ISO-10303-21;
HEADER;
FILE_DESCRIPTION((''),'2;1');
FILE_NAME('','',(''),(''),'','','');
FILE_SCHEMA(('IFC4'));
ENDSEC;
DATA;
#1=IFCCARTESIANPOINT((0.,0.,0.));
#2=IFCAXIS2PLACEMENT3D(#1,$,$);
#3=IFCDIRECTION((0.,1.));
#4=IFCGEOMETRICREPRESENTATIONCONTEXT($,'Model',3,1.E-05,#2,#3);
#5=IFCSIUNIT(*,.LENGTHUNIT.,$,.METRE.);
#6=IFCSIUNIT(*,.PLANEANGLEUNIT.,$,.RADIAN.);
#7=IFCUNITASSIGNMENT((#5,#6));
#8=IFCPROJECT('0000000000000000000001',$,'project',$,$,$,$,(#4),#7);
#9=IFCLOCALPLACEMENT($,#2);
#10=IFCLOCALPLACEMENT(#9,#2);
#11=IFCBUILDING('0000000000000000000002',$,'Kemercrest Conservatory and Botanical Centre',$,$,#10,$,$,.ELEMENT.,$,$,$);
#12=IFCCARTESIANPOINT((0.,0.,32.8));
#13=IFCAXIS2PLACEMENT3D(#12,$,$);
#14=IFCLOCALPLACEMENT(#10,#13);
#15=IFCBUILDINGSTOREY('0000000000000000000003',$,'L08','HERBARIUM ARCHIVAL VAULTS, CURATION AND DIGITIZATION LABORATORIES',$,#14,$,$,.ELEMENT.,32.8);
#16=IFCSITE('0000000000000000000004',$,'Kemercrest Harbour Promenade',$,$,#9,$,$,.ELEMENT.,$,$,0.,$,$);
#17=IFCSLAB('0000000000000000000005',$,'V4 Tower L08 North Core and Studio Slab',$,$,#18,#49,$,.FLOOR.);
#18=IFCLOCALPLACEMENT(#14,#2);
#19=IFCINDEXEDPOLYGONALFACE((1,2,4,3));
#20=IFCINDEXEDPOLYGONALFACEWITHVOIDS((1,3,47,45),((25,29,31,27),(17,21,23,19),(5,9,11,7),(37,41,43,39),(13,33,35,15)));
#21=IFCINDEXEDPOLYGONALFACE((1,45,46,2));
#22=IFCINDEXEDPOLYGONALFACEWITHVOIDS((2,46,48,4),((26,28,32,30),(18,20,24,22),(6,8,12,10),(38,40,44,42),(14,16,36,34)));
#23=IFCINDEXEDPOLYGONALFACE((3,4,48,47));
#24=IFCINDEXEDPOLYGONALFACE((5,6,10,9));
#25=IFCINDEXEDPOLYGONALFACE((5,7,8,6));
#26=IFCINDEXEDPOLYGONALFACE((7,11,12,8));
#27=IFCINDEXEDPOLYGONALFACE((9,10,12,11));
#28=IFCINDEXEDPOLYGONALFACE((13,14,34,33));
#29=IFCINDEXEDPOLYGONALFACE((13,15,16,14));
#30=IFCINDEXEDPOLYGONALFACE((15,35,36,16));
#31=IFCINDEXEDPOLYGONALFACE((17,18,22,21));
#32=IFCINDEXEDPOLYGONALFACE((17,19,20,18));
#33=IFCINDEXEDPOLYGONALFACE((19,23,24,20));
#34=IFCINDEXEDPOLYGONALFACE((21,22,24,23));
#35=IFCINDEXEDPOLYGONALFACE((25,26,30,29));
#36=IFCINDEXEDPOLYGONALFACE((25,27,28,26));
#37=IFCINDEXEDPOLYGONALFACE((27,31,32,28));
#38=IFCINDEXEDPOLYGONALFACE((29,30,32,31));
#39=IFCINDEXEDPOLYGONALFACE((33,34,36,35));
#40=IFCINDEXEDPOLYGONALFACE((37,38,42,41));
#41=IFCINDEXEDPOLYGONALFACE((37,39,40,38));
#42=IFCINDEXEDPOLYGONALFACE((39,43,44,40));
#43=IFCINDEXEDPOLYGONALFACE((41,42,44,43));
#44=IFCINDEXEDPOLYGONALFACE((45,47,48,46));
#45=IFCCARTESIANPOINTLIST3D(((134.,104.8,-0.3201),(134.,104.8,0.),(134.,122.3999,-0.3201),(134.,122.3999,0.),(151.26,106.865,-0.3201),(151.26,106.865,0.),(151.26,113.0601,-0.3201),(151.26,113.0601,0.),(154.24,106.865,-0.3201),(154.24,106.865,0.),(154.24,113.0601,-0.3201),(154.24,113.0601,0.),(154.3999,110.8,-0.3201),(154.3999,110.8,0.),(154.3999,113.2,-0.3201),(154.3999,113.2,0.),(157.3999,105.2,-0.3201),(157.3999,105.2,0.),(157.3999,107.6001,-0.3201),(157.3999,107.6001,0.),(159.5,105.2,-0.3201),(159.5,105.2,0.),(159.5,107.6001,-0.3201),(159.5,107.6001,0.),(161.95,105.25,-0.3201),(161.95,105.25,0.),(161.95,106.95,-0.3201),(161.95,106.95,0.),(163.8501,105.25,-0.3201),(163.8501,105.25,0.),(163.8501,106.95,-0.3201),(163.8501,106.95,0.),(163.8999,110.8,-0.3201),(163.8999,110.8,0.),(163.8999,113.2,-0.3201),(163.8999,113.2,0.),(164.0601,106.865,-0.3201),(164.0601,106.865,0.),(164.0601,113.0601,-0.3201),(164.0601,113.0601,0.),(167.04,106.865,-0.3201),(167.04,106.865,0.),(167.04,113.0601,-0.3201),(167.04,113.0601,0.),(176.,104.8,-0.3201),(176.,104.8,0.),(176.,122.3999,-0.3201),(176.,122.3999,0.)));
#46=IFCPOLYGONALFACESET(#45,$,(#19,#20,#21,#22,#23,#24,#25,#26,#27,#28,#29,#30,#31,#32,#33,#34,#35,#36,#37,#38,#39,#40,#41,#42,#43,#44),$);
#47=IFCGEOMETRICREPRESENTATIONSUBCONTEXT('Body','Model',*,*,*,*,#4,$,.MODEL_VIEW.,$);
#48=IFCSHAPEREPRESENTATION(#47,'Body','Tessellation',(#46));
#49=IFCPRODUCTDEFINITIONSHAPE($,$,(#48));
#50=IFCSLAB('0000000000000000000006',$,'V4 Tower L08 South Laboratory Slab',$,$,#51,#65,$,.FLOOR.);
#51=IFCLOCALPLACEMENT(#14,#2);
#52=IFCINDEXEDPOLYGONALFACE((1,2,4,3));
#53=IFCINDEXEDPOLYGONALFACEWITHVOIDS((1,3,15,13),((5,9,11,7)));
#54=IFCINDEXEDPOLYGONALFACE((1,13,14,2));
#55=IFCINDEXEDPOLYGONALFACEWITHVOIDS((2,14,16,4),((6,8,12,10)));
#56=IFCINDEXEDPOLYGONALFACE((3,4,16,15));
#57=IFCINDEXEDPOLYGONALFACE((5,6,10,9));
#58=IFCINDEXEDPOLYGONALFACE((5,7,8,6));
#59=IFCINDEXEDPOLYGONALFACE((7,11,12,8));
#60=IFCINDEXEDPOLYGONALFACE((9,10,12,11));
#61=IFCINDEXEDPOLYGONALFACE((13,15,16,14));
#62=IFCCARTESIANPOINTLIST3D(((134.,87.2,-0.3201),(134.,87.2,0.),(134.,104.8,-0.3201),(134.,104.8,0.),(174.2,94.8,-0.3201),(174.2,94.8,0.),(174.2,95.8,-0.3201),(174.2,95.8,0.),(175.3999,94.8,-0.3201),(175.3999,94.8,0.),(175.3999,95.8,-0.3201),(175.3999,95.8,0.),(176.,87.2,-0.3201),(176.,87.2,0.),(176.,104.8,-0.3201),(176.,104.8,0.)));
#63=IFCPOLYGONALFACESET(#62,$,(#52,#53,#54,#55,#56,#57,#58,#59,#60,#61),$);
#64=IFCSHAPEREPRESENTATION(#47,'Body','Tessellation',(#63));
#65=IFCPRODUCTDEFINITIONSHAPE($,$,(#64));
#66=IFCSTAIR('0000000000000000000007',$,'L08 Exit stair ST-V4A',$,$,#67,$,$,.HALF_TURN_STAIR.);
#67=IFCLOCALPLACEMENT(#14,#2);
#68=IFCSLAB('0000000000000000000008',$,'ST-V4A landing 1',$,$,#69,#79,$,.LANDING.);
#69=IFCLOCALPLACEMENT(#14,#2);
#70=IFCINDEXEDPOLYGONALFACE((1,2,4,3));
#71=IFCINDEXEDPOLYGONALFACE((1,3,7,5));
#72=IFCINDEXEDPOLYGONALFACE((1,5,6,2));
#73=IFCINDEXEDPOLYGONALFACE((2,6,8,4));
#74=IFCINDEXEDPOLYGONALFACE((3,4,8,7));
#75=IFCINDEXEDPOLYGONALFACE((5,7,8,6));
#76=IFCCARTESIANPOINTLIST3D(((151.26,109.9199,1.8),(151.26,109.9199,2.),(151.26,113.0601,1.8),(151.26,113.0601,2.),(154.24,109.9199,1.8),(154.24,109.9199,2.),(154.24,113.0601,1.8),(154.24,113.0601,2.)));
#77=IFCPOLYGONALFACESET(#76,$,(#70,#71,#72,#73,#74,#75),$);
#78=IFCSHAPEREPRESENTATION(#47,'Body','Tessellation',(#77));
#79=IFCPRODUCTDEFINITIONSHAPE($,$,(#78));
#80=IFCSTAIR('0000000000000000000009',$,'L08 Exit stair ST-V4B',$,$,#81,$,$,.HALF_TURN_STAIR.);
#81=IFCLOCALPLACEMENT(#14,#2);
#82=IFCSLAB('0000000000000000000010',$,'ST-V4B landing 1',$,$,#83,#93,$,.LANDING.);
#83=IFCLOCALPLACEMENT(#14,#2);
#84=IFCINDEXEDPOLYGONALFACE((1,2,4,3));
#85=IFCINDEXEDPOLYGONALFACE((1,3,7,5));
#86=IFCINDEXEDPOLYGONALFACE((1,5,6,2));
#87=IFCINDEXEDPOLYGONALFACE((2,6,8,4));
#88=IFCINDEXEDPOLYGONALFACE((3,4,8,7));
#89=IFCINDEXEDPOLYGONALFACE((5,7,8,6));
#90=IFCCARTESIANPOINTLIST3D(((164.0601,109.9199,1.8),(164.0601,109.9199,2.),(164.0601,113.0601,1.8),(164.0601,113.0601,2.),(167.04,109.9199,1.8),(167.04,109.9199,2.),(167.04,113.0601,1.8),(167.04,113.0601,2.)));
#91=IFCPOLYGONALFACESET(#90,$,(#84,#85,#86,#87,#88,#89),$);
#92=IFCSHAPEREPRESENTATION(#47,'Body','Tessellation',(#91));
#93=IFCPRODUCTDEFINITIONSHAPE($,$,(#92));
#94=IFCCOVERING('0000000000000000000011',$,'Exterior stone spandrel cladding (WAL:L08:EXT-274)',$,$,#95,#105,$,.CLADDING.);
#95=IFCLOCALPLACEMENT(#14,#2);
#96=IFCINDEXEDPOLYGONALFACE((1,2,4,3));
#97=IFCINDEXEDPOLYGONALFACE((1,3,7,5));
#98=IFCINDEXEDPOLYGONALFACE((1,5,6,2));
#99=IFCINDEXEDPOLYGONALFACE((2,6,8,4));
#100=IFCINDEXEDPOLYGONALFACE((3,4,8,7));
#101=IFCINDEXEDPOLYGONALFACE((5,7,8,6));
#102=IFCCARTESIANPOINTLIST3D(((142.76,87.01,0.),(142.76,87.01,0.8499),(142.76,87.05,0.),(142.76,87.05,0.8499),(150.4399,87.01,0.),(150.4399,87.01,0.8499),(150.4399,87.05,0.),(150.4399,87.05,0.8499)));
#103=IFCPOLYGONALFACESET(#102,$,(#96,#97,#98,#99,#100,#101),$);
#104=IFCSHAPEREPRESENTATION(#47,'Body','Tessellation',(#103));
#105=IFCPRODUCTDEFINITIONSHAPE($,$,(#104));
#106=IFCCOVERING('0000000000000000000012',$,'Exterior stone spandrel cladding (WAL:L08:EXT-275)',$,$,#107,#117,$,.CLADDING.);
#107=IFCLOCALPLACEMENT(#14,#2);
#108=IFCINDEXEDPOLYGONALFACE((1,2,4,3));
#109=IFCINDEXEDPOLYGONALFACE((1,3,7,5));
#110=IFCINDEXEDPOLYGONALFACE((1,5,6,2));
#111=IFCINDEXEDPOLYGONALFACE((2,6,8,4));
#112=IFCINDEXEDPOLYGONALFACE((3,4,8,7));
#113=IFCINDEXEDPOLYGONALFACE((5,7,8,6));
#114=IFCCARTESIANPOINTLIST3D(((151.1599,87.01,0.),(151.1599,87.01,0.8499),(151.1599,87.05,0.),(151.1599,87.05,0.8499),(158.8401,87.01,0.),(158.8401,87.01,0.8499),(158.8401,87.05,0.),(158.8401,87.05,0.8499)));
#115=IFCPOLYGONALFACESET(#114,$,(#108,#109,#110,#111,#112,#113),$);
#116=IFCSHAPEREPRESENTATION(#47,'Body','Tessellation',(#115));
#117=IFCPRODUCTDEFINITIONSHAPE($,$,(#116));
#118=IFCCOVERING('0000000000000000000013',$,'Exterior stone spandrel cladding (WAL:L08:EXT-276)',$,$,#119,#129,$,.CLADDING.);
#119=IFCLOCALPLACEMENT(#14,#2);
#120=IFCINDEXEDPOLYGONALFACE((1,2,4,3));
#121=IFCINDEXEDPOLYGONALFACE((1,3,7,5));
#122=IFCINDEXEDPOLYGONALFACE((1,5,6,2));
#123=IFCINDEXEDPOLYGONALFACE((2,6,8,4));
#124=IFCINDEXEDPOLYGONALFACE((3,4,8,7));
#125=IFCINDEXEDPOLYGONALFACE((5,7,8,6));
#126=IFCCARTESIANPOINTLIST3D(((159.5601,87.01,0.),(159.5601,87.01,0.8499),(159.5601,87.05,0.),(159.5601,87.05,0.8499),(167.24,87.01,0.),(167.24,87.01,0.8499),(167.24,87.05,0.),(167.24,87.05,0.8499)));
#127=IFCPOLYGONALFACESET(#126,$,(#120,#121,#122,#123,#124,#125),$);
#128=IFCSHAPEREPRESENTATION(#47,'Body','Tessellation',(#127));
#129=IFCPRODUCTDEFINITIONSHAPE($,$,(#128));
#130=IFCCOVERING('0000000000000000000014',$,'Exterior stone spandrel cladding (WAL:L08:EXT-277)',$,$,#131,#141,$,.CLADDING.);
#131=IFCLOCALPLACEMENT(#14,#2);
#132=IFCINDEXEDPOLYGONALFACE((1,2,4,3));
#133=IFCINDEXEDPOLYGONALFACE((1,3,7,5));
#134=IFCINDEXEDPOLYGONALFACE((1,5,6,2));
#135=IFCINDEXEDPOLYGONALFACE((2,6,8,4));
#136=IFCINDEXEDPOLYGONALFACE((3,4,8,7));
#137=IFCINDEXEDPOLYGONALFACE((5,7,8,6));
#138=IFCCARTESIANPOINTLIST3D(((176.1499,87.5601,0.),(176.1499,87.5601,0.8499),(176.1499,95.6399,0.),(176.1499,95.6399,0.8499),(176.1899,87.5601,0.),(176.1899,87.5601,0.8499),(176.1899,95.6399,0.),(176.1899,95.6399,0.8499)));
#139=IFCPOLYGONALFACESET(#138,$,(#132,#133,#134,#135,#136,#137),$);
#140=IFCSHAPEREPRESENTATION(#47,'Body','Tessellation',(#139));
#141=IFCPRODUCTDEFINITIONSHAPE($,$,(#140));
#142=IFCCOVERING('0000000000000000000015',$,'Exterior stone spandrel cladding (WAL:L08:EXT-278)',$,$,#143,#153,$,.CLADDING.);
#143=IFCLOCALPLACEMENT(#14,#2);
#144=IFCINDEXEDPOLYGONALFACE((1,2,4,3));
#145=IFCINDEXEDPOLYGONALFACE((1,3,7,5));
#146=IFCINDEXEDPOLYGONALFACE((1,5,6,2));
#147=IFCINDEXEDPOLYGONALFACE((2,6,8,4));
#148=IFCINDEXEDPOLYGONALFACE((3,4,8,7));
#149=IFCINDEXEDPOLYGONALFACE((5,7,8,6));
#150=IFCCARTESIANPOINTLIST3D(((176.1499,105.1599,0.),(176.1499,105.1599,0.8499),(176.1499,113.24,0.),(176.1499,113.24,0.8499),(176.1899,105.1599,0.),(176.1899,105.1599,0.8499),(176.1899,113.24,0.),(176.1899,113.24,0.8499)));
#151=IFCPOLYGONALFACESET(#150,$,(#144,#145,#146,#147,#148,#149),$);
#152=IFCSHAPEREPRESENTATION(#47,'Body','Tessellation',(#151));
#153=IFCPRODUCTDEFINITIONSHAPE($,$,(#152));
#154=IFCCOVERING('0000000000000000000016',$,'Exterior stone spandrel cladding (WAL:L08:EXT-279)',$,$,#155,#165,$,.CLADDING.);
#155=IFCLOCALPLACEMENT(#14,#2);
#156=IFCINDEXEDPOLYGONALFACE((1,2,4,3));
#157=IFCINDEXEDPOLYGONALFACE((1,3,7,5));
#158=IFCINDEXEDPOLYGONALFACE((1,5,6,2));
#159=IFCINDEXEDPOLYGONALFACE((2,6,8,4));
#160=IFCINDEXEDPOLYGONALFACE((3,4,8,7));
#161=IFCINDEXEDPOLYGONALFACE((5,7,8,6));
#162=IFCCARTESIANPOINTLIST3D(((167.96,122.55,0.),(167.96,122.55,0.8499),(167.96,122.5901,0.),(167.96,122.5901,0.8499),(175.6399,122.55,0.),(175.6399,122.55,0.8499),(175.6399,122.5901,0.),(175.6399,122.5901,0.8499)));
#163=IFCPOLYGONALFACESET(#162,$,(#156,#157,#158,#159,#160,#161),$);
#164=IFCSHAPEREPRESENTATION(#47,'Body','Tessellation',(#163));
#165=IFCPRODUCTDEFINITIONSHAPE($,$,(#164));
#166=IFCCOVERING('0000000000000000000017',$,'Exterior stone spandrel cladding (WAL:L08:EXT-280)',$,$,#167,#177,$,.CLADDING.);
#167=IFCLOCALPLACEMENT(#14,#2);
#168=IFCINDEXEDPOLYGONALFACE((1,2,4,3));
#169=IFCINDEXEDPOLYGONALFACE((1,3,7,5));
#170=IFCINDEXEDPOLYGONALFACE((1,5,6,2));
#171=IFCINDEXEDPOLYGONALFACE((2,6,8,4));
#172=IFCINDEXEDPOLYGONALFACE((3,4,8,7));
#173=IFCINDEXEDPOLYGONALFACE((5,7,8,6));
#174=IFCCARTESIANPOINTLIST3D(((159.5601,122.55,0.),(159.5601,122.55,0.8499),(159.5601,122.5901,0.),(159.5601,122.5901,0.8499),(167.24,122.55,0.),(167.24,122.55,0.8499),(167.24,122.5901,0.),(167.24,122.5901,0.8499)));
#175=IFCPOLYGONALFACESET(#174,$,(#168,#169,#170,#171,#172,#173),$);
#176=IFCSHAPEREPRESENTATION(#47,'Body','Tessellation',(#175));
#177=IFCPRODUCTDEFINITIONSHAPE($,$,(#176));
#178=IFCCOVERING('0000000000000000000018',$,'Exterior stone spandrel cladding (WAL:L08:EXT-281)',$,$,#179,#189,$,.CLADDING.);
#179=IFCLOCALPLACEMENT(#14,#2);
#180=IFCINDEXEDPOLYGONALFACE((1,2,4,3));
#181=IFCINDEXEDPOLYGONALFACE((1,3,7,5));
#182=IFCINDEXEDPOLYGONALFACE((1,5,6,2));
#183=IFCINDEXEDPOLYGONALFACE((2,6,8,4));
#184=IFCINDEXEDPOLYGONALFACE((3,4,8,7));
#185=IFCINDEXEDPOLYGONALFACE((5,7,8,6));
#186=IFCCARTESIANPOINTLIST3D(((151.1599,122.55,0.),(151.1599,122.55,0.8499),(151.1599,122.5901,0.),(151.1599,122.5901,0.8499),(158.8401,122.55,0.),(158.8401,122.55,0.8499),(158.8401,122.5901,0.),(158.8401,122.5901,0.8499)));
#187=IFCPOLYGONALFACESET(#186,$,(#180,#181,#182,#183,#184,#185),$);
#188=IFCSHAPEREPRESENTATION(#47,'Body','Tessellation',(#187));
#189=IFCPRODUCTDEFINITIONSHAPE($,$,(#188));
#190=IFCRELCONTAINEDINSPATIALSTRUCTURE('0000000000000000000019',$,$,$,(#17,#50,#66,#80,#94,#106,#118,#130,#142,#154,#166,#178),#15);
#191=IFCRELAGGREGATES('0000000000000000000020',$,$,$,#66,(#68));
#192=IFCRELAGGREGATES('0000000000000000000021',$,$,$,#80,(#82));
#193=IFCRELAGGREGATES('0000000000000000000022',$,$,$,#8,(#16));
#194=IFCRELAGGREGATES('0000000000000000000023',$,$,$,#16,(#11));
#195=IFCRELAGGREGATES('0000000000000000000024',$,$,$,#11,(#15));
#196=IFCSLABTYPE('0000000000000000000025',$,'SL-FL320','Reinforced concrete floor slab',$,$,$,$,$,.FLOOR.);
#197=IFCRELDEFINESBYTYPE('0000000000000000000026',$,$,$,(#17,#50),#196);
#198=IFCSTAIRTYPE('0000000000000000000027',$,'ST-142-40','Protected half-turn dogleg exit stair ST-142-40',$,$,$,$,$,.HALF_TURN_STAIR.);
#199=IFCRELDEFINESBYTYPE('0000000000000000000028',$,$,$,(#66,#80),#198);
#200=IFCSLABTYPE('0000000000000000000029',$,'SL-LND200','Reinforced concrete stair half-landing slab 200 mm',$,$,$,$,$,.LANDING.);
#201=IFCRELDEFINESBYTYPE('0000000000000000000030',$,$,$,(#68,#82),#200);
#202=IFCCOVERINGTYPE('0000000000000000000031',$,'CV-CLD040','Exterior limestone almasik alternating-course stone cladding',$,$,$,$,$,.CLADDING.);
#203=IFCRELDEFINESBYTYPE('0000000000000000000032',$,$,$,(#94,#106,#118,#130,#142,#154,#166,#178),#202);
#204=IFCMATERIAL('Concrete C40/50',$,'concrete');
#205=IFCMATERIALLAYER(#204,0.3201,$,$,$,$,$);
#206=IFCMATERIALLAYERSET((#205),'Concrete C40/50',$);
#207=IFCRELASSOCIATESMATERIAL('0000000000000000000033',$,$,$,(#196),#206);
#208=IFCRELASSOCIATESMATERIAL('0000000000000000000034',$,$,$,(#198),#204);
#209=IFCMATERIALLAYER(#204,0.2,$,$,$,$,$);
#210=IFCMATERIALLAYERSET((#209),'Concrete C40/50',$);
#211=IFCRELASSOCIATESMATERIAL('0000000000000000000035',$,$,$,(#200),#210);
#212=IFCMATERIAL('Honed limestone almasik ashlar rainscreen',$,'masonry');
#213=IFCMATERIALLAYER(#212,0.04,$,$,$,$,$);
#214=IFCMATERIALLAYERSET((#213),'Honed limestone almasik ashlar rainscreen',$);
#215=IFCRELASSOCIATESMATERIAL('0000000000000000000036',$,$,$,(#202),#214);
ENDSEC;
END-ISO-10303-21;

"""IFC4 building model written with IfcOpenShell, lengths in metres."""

from ifc_helpers import new_model, si_unit, direction, frame, origin, place, context, subcontext, project, spatial, polyline, outline, extrude, material, layer, layer_set, type_object, element, aggregate, save


model = new_model("IFC4")

# Units and contexts
model_context = context("Model", 3, precision=1e-05, world=origin(), true_north=direction((0.0, 1.0)))
body_context = subcontext(model_context, "Body", "Model", "MODEL_VIEW")
ifc_project = project(units=[si_unit("LENGTHUNIT", "METRE"), si_unit("PLANEANGLEUNIT", "RADIAN")], contexts=[model_context])

# Site, building, storey
site_placement = place(None, origin())
site = spatial("IfcSite", under=ifc_project, at=site_placement, Name="Kemercrest Harbour Promenade", CompositionType="ELEMENT", RefElevation=0.0)
building_placement = place(site_placement, origin())
building = spatial("IfcBuilding", under=site, at=building_placement, Name="Kemercrest Conservatory and Botanical Centre", CompositionType="ELEMENT")
storey_placement = place(building_placement, frame((0.0, 0.0, 32.8)))
storey = spatial("IfcBuildingStorey", under=building, at=storey_placement, Name="L08", Description="HERBARIUM ARCHIVAL VAULTS, CURATION AND DIGITIZATION LABORATORIES", CompositionType="ELEMENT", Elevation=32.8)

# Slabs
ifc_material_1 = material(Name="Concrete C40/50", Category="concrete")
ifc_layer_1 = layer(ifc_material_1, 0.3201)
ifc_layer_set_1 = layer_set([ifc_layer_1], Name="Concrete C40/50")
slab_type_1 = type_object("IfcSlabType", Name="SL-FL320", Description="Reinforced concrete floor slab", PredefinedType="FLOOR", material=ifc_layer_set_1)
slab_1_placement = place(storey_placement, frame((0.0, 0.0, -0.3201)))
element("IfcSlab", 1, at=slab_1_placement, inside=storey, type_object=slab_type_1, Name="V4 Tower L08 North Core and Studio Slab", PredefinedType="FLOOR", context=body_context, shape_type="SweptSolid", body=[
    extrude(outline(polyline([(134.0, 122.3999), (134.0, 104.8), (176.0, 104.8), (176.0, 122.3999), (134.0, 122.3999)]), holes=[polyline([(164.0601, 106.865), (164.0601, 113.0601), (167.04, 113.0601), (167.04, 106.865), (164.0601, 106.865)]), polyline([(154.3999, 110.8), (154.3999, 113.2), (163.8999, 113.2), (163.8999, 110.8), (154.3999, 110.8)]), polyline([(161.95, 105.25), (161.95, 106.95), (163.8501, 106.95), (163.8501, 105.25), (161.95, 105.25)]), polyline([(157.3999, 105.2), (157.3999, 107.6001), (159.5, 107.6001), (159.5, 105.2), (157.3999, 105.2)]), polyline([(154.24, 106.865), (151.26, 106.865), (151.26, 113.0601), (154.24, 113.0601), (154.24, 106.865)])]), origin(), (0.0, 0.0, 1.0), 0.3201),
])
slab_2_placement = place(storey_placement, frame((0.0, 0.0, -0.3201)))
element("IfcSlab", 2, at=slab_2_placement, inside=storey, type_object=slab_type_1, Name="V4 Tower L08 South Laboratory Slab", PredefinedType="FLOOR", context=body_context, shape_type="SweptSolid", body=[
    extrude(outline(polyline([(134.0, 104.8), (134.0, 87.2), (176.0, 87.2), (176.0, 104.8), (134.0, 104.8)]), holes=[polyline([(175.3999, 94.8), (174.2, 94.8), (174.2, 95.8), (175.3999, 95.8), (175.3999, 94.8)])]), origin(), (0.0, 0.0, 1.0), 0.3201),
])

# Stairs, slabs
stair_type = type_object("IfcStairType", Name="ST-142-40", Description="Protected half-turn dogleg exit stair ST-142-40", PredefinedType="HALF_TURN_STAIR", material=ifc_material_1)
stair_1_placement = place(storey_placement, origin())
stair_1 = element("IfcStair", 3, at=stair_1_placement, inside=storey, type_object=stair_type, Name="L08 Exit stair ST-V4A", PredefinedType="HALF_TURN_STAIR")
ifc_layer_2 = layer(ifc_material_1, 0.2)
ifc_layer_set_2 = layer_set([ifc_layer_2], Name="Concrete C40/50")
slab_type_2 = type_object("IfcSlabType", Name="SL-LND200", Description="Reinforced concrete stair half-landing slab 200 mm", PredefinedType="LANDING", material=ifc_layer_set_2)
slab_3_placement = place(storey_placement, frame((0.0, 0.0, 1.8)))
slab_3 = element("IfcSlab", 4, at=slab_3_placement, type_object=slab_type_2, Name="ST-V4A landing 1", PredefinedType="LANDING", context=body_context, shape_type="SweptSolid", body=[
    extrude(outline(polyline([(154.24, 109.9199), (154.24, 113.0601), (151.26, 113.0601), (151.26, 109.9199), (154.24, 109.9199)])), origin(), (0.0, 0.0, 1.0), 0.2),
])
aggregate(stair_1, [slab_3])
stair_2_placement = place(storey_placement, origin())
stair_2 = element("IfcStair", 5, at=stair_2_placement, inside=storey, type_object=stair_type, Name="L08 Exit stair ST-V4B", PredefinedType="HALF_TURN_STAIR")
slab_4_placement = place(storey_placement, frame((0.0, 0.0, 1.8)))
slab_4 = element("IfcSlab", 6, at=slab_4_placement, type_object=slab_type_2, Name="ST-V4B landing 1", PredefinedType="LANDING", context=body_context, shape_type="SweptSolid", body=[
    extrude(outline(polyline([(167.04, 109.9199), (167.04, 113.0601), (164.0601, 113.0601), (164.0601, 109.9199), (167.04, 109.9199)])), origin(), (0.0, 0.0, 1.0), 0.2),
])
aggregate(stair_2, [slab_4])

# Coverings
ifc_material_2 = material(Name="Honed limestone almasik ashlar rainscreen", Category="masonry")
ifc_layer_3 = layer(ifc_material_2, 0.04)
ifc_layer_set_3 = layer_set([ifc_layer_3], Name="Honed limestone almasik ashlar rainscreen")
covering_type_1 = type_object("IfcCoveringType", Name="CV-CLD040", Description="Exterior limestone almasik alternating-course stone cladding", PredefinedType="CLADDING", material=ifc_layer_set_3)
covering_1_placement = place(storey_placement, origin())
element("IfcCovering", 7, at=covering_1_placement, inside=storey, type_object=covering_type_1, Name="Exterior stone spandrel cladding (WAL:L08:EXT-274)", PredefinedType="CLADDING", context=body_context, shape_type="SweptSolid", body=[
    extrude(outline(polyline([(142.76, 87.05), (142.76, 87.01), (150.4399, 87.01), (150.4399, 87.05), (142.76, 87.05)])), origin(), (0.0, 0.0, 1.0), 0.8499),
])
covering_2_placement = place(storey_placement, origin())
element("IfcCovering", 8, at=covering_2_placement, inside=storey, type_object=covering_type_1, Name="Exterior stone spandrel cladding (WAL:L08:EXT-275)", PredefinedType="CLADDING", context=body_context, shape_type="SweptSolid", body=[
    extrude(outline(polyline([(151.1599, 87.05), (151.1599, 87.01), (158.8401, 87.01), (158.8401, 87.05), (151.1599, 87.05)])), origin(), (0.0, 0.0, 1.0), 0.8499),
])
covering_3_placement = place(storey_placement, origin())
element("IfcCovering", 9, at=covering_3_placement, inside=storey, type_object=covering_type_1, Name="Exterior stone spandrel cladding (WAL:L08:EXT-276)", PredefinedType="CLADDING", context=body_context, shape_type="SweptSolid", body=[
    extrude(outline(polyline([(159.5601, 87.05), (159.5601, 87.01), (167.24, 87.01), (167.24, 87.05), (159.5601, 87.05)])), origin(), (0.0, 0.0, 1.0), 0.8499),
])
covering_4_placement = place(storey_placement, origin())
element("IfcCovering", 10, at=covering_4_placement, inside=storey, type_object=covering_type_1, Name="Exterior stone spandrel cladding (WAL:L08:EXT-277)", PredefinedType="CLADDING", context=body_context, shape_type="SweptSolid", body=[
    extrude(outline(polyline([(176.1499, 87.5601), (176.1899, 87.5601), (176.1899, 95.6399), (176.1499, 95.6399), (176.1499, 87.5601)])), origin(), (0.0, 0.0, 1.0), 0.8499),
])
covering_5_placement = place(storey_placement, origin())
element("IfcCovering", 11, at=covering_5_placement, inside=storey, type_object=covering_type_1, Name="Exterior stone spandrel cladding (WAL:L08:EXT-278)", PredefinedType="CLADDING", context=body_context, shape_type="SweptSolid", body=[
    extrude(outline(polyline([(176.1499, 105.1599), (176.1899, 105.1599), (176.1899, 113.24), (176.1499, 113.24), (176.1499, 105.1599)])), origin(), (0.0, 0.0, 1.0), 0.8499),
])
covering_6_placement = place(storey_placement, origin())
element("IfcCovering", 12, at=covering_6_placement, inside=storey, type_object=covering_type_1, Name="Exterior stone spandrel cladding (WAL:L08:EXT-279)", PredefinedType="CLADDING", context=body_context, shape_type="SweptSolid", body=[
    extrude(outline(polyline([(175.6399, 122.55), (175.6399, 122.5901), (167.96, 122.5901), (167.96, 122.55), (175.6399, 122.55)])), origin(), (0.0, 0.0, 1.0), 0.8499),
])
covering_7_placement = place(storey_placement, origin())
element("IfcCovering", 13, at=covering_7_placement, inside=storey, type_object=covering_type_1, Name="Exterior stone spandrel cladding (WAL:L08:EXT-280)", PredefinedType="CLADDING", context=body_context, shape_type="SweptSolid", body=[
    extrude(outline(polyline([(167.24, 122.55), (167.24, 122.5901), (159.5601, 122.5901), (159.5601, 122.55), (167.24, 122.55)])), origin(), (0.0, 0.0, 1.0), 0.8499),
])
covering_8_placement = place(storey_placement, origin())
element("IfcCovering", 14, at=covering_8_placement, inside=storey, type_object=covering_type_1, Name="Exterior stone spandrel cladding (WAL:L08:EXT-281)", PredefinedType="CLADDING", context=body_context, shape_type="SweptSolid", body=[
    extrude(outline(polyline([(158.8401, 122.55), (158.8401, 122.5901), (151.1599, 122.5901), (151.1599, 122.55), (158.8401, 122.55)])), origin(), (0.0, 0.0, 1.0), 0.8499),
])

save(model, "model.ifc")
